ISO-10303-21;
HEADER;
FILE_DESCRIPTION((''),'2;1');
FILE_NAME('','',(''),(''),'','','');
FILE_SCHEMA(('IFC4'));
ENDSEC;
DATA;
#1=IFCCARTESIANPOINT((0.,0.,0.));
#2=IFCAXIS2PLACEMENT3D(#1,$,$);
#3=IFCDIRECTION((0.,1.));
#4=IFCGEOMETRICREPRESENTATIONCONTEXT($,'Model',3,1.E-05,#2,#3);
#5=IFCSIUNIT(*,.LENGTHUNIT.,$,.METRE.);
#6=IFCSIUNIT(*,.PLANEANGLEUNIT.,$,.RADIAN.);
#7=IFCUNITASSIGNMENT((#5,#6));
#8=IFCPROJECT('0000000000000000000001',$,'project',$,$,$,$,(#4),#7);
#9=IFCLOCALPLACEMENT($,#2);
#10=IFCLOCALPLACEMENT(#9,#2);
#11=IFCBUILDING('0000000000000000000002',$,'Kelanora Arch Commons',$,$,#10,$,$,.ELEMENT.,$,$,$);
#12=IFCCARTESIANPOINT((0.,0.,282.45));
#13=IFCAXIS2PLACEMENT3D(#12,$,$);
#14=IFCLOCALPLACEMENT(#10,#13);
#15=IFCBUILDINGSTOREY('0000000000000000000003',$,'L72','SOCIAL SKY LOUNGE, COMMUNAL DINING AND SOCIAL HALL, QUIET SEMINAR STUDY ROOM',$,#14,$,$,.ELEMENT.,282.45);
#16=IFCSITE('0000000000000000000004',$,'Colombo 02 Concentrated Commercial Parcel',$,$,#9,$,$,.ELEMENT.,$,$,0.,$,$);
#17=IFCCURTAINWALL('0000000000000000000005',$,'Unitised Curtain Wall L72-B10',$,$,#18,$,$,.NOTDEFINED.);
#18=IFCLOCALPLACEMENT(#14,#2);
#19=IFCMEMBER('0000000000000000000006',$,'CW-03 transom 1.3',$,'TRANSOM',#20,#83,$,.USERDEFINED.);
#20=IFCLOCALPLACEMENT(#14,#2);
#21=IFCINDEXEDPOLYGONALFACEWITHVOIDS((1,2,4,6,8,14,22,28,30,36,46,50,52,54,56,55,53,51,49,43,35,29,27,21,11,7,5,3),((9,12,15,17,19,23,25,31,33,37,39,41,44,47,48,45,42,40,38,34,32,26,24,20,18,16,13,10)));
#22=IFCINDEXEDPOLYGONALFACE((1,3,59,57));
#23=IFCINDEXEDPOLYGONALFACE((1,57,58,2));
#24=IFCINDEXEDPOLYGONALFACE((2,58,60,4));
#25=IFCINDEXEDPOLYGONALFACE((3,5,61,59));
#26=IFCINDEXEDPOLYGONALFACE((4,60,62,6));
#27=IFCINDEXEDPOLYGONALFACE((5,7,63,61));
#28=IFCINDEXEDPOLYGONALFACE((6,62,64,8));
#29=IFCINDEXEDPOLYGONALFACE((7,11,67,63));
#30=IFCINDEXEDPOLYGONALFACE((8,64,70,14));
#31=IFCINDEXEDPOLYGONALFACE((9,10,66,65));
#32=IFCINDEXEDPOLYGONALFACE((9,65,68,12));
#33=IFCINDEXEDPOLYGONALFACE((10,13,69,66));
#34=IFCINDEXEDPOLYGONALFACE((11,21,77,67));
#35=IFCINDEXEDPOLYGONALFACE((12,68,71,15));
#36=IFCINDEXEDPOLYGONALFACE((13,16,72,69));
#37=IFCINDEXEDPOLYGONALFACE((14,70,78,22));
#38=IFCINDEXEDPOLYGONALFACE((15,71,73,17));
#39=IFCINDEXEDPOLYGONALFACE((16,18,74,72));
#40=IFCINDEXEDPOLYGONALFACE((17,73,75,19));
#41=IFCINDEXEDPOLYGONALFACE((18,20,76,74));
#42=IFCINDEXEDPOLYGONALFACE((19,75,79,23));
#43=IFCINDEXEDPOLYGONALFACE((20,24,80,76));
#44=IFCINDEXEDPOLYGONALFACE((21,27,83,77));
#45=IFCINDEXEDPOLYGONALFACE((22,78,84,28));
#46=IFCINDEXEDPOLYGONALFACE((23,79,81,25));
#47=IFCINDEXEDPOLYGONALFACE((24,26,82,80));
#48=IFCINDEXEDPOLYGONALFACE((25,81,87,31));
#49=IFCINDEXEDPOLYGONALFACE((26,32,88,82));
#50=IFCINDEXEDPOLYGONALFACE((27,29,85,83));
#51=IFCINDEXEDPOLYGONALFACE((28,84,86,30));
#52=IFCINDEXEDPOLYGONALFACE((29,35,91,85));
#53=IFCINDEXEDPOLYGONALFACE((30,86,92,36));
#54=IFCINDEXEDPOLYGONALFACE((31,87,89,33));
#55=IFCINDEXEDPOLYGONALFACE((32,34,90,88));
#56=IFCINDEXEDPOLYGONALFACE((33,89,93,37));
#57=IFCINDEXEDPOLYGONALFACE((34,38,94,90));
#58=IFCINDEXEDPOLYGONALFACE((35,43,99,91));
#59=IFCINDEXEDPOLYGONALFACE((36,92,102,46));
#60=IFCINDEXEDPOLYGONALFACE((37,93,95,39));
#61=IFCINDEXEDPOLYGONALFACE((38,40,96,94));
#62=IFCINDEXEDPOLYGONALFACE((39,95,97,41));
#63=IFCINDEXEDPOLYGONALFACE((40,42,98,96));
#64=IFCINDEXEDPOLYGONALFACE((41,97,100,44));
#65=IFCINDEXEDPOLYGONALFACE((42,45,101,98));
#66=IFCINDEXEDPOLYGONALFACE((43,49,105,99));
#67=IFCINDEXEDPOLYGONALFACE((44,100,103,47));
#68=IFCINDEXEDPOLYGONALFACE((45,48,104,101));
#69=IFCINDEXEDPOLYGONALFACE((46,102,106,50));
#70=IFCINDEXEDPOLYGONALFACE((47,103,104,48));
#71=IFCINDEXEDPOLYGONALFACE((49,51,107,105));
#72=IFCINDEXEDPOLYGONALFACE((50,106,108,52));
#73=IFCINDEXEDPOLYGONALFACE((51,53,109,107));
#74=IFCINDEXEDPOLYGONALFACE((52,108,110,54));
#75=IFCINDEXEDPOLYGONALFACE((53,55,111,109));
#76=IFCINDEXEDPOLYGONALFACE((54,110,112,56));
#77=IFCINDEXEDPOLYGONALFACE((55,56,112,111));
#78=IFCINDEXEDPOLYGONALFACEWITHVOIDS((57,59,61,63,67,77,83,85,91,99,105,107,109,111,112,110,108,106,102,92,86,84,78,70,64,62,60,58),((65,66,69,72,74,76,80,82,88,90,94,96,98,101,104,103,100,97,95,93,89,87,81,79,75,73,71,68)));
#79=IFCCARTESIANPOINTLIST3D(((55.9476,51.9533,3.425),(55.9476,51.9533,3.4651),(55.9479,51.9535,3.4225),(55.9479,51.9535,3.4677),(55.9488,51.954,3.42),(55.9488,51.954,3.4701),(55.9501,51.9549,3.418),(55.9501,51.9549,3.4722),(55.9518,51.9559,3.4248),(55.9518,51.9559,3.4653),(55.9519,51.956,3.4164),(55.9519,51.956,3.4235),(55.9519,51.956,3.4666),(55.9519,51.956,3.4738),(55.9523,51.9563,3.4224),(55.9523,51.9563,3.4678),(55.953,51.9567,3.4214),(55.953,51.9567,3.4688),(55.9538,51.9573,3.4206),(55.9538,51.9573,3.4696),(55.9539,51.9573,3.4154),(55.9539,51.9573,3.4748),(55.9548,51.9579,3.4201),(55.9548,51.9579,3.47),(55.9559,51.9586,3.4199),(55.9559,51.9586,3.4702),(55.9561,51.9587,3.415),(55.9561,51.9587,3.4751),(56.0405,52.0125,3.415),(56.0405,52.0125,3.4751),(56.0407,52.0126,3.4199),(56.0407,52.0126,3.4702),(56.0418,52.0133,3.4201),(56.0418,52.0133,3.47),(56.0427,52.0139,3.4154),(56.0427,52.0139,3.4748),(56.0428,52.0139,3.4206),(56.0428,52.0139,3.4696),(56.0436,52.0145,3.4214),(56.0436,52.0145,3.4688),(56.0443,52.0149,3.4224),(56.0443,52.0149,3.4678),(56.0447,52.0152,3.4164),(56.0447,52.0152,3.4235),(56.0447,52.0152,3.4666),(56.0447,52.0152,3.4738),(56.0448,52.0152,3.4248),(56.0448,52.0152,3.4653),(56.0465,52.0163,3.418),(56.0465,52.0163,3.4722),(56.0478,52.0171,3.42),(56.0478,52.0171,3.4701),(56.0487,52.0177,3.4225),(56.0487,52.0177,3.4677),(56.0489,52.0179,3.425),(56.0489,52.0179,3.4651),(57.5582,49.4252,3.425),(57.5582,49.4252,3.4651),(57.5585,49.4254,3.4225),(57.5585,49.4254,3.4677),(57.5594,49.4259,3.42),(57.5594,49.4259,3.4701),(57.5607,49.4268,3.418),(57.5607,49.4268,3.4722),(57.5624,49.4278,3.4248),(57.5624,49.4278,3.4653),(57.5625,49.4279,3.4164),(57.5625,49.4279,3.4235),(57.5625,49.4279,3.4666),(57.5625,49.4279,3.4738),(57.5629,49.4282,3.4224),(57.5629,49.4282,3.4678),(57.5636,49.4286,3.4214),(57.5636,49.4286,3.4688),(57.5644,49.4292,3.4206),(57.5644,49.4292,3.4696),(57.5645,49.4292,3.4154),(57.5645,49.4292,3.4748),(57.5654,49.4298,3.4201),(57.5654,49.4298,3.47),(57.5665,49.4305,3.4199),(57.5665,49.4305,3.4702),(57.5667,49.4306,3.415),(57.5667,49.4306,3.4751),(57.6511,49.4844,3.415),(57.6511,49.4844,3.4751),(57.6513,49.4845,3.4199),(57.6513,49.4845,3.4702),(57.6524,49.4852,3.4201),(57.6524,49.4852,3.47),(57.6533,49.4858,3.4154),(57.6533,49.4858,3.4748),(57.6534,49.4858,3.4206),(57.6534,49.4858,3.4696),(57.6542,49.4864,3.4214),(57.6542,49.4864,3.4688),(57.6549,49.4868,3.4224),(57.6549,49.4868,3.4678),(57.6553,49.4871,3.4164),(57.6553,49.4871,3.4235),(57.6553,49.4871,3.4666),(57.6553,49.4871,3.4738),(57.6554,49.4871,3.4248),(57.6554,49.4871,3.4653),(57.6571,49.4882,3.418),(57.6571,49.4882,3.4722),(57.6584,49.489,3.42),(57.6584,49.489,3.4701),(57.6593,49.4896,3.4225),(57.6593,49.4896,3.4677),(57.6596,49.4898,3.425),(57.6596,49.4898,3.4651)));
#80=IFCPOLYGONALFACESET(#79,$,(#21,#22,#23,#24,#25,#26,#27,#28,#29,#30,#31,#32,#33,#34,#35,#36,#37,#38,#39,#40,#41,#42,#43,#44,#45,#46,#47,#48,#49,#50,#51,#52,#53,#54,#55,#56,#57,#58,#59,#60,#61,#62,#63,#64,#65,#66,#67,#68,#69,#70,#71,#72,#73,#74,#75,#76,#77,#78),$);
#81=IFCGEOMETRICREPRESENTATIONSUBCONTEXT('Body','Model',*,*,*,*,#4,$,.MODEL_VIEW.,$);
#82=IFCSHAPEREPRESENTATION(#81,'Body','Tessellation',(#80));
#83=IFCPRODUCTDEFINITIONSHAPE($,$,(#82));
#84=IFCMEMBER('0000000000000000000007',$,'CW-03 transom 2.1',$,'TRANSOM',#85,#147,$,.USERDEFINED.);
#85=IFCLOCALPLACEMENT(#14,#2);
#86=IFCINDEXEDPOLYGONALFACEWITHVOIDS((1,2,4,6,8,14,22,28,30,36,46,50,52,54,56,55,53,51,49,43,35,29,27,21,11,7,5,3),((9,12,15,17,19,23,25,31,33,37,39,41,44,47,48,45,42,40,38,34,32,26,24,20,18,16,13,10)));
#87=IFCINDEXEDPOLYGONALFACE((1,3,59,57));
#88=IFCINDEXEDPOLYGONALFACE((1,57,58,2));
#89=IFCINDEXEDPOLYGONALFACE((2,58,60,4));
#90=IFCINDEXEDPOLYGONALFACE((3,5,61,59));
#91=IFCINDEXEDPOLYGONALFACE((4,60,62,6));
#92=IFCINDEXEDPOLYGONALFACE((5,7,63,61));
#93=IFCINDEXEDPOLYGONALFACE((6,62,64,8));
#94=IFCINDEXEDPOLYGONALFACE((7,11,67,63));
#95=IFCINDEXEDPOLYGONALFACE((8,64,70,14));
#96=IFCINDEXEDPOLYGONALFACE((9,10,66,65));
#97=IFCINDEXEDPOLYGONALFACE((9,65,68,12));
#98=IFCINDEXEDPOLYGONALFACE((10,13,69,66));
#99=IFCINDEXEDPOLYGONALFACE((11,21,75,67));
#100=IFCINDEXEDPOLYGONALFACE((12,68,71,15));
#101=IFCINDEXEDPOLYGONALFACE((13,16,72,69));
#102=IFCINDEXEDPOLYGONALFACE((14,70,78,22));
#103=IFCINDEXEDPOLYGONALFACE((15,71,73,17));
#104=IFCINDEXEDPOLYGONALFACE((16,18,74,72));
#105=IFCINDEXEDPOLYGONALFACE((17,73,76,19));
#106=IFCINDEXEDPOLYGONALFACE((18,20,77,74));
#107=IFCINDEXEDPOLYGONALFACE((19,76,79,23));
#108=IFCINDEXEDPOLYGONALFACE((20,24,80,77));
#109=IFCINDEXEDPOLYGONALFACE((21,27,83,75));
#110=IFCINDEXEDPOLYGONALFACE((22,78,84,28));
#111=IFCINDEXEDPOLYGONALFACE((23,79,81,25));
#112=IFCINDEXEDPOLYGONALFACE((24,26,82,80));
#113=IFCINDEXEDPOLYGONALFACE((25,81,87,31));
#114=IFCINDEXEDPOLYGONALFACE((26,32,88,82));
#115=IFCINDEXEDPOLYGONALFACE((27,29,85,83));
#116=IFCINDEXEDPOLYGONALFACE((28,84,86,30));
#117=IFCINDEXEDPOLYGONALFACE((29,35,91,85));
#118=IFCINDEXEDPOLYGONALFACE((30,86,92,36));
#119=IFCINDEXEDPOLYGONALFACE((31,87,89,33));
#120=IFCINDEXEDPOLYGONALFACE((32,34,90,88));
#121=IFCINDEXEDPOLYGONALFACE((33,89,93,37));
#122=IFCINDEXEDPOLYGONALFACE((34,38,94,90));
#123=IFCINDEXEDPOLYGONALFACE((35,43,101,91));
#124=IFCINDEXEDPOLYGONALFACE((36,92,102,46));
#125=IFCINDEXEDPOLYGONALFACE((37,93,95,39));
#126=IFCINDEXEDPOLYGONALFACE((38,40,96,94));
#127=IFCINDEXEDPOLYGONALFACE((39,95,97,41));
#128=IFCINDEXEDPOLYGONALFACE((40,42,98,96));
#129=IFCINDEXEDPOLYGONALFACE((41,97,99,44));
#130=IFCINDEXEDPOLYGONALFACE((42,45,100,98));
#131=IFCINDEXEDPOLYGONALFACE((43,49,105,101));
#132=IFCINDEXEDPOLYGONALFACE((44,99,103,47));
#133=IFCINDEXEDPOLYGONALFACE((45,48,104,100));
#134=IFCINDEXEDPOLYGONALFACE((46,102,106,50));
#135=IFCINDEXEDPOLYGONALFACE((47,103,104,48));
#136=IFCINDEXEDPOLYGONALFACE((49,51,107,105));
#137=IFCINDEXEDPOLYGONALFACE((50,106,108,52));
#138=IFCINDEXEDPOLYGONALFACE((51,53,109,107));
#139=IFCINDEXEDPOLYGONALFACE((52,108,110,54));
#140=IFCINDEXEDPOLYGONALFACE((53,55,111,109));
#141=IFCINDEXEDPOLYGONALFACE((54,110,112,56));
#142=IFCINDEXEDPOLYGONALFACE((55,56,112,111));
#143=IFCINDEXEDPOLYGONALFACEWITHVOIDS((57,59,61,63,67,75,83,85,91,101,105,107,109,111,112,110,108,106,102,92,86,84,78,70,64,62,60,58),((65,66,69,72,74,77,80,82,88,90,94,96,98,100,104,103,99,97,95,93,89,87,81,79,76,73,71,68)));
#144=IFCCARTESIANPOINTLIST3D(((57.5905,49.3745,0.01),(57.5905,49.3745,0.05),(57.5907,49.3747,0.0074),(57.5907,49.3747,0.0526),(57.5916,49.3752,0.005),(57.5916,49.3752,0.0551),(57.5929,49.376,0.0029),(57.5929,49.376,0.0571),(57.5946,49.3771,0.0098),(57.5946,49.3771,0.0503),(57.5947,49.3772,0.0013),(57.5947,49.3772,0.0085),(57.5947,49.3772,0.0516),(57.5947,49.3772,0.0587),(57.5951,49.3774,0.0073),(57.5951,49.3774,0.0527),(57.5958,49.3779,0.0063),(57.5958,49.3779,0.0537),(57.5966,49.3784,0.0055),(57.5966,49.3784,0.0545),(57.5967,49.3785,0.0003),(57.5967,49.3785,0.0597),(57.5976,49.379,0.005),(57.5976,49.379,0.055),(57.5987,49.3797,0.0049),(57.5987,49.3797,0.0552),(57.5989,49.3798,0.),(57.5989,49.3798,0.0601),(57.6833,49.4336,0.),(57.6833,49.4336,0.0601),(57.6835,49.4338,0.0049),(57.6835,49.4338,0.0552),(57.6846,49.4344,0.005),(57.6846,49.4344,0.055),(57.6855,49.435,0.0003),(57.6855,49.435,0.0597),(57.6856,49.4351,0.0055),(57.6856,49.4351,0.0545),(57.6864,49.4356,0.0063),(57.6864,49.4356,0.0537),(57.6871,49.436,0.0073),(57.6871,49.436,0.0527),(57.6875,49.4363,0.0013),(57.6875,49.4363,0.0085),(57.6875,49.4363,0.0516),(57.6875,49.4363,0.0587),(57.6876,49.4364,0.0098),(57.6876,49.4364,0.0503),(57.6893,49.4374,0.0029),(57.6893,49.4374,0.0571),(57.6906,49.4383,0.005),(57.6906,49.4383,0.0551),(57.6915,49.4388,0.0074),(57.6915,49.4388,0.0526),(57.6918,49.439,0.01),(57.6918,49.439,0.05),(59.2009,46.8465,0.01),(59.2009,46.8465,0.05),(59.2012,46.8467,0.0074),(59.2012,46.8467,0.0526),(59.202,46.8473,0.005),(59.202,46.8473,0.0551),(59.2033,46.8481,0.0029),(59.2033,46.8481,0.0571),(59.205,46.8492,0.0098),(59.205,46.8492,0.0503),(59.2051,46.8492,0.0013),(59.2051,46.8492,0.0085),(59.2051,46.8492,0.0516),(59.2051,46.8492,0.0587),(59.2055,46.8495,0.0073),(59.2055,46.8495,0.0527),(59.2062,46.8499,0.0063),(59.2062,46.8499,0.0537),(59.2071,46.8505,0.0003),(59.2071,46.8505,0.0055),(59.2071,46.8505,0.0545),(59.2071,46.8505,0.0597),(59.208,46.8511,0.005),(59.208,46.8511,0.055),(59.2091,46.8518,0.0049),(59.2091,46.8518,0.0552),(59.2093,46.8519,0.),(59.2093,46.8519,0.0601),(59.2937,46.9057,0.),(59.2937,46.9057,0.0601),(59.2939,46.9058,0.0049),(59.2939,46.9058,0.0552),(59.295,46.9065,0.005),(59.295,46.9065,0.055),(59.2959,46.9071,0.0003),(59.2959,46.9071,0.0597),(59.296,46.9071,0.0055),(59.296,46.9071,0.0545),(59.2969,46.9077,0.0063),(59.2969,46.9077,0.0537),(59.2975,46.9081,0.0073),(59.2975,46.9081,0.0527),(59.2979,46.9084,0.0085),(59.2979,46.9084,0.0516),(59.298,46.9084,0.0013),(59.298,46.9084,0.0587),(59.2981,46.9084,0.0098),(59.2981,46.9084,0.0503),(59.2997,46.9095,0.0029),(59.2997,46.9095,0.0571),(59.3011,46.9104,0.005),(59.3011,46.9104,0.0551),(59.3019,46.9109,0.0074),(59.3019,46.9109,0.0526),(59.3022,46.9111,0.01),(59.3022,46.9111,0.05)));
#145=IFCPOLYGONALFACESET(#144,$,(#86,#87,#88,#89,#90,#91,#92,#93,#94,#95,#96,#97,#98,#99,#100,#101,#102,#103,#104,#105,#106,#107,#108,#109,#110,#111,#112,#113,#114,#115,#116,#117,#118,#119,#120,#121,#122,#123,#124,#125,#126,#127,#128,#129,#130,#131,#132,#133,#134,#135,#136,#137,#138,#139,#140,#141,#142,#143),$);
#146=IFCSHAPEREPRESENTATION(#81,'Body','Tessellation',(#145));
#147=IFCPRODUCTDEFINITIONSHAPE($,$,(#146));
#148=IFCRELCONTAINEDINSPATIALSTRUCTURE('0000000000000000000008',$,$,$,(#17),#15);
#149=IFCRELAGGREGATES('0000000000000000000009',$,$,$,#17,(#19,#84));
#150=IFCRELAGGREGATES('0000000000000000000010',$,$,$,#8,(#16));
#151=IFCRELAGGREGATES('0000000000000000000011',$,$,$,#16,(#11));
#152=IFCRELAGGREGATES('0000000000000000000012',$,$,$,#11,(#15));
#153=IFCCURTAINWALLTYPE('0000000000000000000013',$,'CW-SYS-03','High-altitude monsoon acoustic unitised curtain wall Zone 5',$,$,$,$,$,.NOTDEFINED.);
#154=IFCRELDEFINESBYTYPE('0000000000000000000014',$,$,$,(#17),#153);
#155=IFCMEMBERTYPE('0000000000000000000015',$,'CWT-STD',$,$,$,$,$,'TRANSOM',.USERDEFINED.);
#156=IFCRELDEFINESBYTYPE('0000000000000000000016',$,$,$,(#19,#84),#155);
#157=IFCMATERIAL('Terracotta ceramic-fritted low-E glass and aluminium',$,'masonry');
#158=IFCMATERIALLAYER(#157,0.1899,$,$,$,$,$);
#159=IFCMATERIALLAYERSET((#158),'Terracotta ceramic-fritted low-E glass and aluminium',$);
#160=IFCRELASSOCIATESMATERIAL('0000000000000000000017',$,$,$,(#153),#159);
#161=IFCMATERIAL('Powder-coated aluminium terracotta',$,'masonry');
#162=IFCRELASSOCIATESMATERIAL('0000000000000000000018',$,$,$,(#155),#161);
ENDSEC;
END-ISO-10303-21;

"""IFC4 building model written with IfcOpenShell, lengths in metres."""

from ifc_helpers import new_model, si_unit, direction, frame, origin, origin_2d, place, context, subcontext, project, spatial, hollow_rectangle, extrude, material, layer, layer_set, material_profile, profile_set, type_object, element, aggregate, save


model = new_model("IFC4")

# Units and contexts
model_context = context("Model", 3, precision=1e-05, world=origin(), true_north=direction((0.0, 1.0)))
body_context = subcontext(model_context, "Body", "Model", "MODEL_VIEW")
ifc_project = project(units=[si_unit("LENGTHUNIT", "METRE"), si_unit("PLANEANGLEUNIT", "RADIAN")], contexts=[model_context])

# Site, building, storey
site_placement = place(None, origin())
site = spatial("IfcSite", under=ifc_project, at=site_placement, Name="Colombo 02 Concentrated Commercial Parcel", CompositionType="ELEMENT", RefElevation=0.0)
building_placement = place(site_placement, origin())
building = spatial("IfcBuilding", under=site, at=building_placement, Name="Kelanora Arch Commons", CompositionType="ELEMENT")
storey_placement = place(building_placement, frame((0.0, 0.0, 282.45)))
storey = spatial("IfcBuildingStorey", under=building, at=storey_placement, Name="L72", Description="SOCIAL SKY LOUNGE, COMMUNAL DINING AND SOCIAL HALL, QUIET SEMINAR STUDY ROOM", CompositionType="ELEMENT", Elevation=282.45)

# Curtain wall, members
ifc_material_1 = material(Name="Terracotta ceramic-fritted low-E glass and aluminium", Category="masonry")
ifc_layer_1 = layer(ifc_material_1, 0.1899)
ifc_layer_set_1 = layer_set([ifc_layer_1], Name="Terracotta ceramic-fritted low-E glass and aluminium")
curtain_wall_type = type_object("IfcCurtainWallType", Name="CW-SYS-03", Description="High-altitude monsoon acoustic unitised curtain wall Zone 5", PredefinedType="NOTDEFINED", material=ifc_layer_set_1)
curtain_wall_placement = place(storey_placement, origin())
curtain_wall = element("IfcCurtainWall", 1, at=curtain_wall_placement, inside=storey, type_object=curtain_wall_type, Name="Unitised Curtain Wall L72-B10", PredefinedType="NOTDEFINED")
ifc_material_2 = material(Name="Powder-coated aluminium terracotta", Category="masonry")
ifc_material_profile_1 = material_profile(ifc_material_2, hollow_rectangle(XDim=0.1201, YDim=0.0601, WallThickness=0.0049, InnerFilletRadius=0.0049, OuterFilletRadius=0.01, at=origin_2d()), Name="CWT120x60")
ifc_profile_set_1 = profile_set([ifc_material_profile_1], Name="Powder-coated aluminium terracotta")
member_type_1 = type_object("IfcMemberType", Name="CWT-STD", ElementType="TRANSOM", PredefinedType="USERDEFINED", material=ifc_profile_set_1)
member_1_placement = place(storey_placement, frame((55.9983, 51.9856, 3.4451), z_axis=(0.537308, -0.843386, 0.0), x_axis=(0.843386, 0.537308, 0.0)))
member_1 = element("IfcMember", 2, at=member_1_placement, type_object=member_type_1, Name="CW-03 transom 1.3", ObjectType="TRANSOM", PredefinedType="USERDEFINED", context=body_context, shape_type="SweptSolid", body=[
    extrude(hollow_rectangle(XDim=0.1201, YDim=0.0601, WallThickness=0.0049, InnerFilletRadius=0.0049, OuterFilletRadius=0.01, at=origin_2d()), origin(), (0.0, 0.0, 1.0), 2.9976),
])
member_2_placement = place(storey_placement, frame((57.6411, 49.4067, 0.03), z_axis=(0.537287, -0.8434, 0.0), x_axis=(0.8434, 0.537287, 0.0)))
member_2 = element("IfcMember", 3, at=member_2_placement, type_object=member_type_1, Name="CW-03 transom 2.1", ObjectType="TRANSOM", PredefinedType="USERDEFINED", context=body_context, shape_type="SweptSolid", body=[
    extrude(hollow_rectangle(XDim=0.1201, YDim=0.0601, WallThickness=0.0049, InnerFilletRadius=0.0049, OuterFilletRadius=0.01, at=origin_2d()), origin(), (0.0, 0.0, 1.0), 2.9973),
])

aggregate(curtain_wall, [member_1, member_2])

save(model, "model.ifc")
